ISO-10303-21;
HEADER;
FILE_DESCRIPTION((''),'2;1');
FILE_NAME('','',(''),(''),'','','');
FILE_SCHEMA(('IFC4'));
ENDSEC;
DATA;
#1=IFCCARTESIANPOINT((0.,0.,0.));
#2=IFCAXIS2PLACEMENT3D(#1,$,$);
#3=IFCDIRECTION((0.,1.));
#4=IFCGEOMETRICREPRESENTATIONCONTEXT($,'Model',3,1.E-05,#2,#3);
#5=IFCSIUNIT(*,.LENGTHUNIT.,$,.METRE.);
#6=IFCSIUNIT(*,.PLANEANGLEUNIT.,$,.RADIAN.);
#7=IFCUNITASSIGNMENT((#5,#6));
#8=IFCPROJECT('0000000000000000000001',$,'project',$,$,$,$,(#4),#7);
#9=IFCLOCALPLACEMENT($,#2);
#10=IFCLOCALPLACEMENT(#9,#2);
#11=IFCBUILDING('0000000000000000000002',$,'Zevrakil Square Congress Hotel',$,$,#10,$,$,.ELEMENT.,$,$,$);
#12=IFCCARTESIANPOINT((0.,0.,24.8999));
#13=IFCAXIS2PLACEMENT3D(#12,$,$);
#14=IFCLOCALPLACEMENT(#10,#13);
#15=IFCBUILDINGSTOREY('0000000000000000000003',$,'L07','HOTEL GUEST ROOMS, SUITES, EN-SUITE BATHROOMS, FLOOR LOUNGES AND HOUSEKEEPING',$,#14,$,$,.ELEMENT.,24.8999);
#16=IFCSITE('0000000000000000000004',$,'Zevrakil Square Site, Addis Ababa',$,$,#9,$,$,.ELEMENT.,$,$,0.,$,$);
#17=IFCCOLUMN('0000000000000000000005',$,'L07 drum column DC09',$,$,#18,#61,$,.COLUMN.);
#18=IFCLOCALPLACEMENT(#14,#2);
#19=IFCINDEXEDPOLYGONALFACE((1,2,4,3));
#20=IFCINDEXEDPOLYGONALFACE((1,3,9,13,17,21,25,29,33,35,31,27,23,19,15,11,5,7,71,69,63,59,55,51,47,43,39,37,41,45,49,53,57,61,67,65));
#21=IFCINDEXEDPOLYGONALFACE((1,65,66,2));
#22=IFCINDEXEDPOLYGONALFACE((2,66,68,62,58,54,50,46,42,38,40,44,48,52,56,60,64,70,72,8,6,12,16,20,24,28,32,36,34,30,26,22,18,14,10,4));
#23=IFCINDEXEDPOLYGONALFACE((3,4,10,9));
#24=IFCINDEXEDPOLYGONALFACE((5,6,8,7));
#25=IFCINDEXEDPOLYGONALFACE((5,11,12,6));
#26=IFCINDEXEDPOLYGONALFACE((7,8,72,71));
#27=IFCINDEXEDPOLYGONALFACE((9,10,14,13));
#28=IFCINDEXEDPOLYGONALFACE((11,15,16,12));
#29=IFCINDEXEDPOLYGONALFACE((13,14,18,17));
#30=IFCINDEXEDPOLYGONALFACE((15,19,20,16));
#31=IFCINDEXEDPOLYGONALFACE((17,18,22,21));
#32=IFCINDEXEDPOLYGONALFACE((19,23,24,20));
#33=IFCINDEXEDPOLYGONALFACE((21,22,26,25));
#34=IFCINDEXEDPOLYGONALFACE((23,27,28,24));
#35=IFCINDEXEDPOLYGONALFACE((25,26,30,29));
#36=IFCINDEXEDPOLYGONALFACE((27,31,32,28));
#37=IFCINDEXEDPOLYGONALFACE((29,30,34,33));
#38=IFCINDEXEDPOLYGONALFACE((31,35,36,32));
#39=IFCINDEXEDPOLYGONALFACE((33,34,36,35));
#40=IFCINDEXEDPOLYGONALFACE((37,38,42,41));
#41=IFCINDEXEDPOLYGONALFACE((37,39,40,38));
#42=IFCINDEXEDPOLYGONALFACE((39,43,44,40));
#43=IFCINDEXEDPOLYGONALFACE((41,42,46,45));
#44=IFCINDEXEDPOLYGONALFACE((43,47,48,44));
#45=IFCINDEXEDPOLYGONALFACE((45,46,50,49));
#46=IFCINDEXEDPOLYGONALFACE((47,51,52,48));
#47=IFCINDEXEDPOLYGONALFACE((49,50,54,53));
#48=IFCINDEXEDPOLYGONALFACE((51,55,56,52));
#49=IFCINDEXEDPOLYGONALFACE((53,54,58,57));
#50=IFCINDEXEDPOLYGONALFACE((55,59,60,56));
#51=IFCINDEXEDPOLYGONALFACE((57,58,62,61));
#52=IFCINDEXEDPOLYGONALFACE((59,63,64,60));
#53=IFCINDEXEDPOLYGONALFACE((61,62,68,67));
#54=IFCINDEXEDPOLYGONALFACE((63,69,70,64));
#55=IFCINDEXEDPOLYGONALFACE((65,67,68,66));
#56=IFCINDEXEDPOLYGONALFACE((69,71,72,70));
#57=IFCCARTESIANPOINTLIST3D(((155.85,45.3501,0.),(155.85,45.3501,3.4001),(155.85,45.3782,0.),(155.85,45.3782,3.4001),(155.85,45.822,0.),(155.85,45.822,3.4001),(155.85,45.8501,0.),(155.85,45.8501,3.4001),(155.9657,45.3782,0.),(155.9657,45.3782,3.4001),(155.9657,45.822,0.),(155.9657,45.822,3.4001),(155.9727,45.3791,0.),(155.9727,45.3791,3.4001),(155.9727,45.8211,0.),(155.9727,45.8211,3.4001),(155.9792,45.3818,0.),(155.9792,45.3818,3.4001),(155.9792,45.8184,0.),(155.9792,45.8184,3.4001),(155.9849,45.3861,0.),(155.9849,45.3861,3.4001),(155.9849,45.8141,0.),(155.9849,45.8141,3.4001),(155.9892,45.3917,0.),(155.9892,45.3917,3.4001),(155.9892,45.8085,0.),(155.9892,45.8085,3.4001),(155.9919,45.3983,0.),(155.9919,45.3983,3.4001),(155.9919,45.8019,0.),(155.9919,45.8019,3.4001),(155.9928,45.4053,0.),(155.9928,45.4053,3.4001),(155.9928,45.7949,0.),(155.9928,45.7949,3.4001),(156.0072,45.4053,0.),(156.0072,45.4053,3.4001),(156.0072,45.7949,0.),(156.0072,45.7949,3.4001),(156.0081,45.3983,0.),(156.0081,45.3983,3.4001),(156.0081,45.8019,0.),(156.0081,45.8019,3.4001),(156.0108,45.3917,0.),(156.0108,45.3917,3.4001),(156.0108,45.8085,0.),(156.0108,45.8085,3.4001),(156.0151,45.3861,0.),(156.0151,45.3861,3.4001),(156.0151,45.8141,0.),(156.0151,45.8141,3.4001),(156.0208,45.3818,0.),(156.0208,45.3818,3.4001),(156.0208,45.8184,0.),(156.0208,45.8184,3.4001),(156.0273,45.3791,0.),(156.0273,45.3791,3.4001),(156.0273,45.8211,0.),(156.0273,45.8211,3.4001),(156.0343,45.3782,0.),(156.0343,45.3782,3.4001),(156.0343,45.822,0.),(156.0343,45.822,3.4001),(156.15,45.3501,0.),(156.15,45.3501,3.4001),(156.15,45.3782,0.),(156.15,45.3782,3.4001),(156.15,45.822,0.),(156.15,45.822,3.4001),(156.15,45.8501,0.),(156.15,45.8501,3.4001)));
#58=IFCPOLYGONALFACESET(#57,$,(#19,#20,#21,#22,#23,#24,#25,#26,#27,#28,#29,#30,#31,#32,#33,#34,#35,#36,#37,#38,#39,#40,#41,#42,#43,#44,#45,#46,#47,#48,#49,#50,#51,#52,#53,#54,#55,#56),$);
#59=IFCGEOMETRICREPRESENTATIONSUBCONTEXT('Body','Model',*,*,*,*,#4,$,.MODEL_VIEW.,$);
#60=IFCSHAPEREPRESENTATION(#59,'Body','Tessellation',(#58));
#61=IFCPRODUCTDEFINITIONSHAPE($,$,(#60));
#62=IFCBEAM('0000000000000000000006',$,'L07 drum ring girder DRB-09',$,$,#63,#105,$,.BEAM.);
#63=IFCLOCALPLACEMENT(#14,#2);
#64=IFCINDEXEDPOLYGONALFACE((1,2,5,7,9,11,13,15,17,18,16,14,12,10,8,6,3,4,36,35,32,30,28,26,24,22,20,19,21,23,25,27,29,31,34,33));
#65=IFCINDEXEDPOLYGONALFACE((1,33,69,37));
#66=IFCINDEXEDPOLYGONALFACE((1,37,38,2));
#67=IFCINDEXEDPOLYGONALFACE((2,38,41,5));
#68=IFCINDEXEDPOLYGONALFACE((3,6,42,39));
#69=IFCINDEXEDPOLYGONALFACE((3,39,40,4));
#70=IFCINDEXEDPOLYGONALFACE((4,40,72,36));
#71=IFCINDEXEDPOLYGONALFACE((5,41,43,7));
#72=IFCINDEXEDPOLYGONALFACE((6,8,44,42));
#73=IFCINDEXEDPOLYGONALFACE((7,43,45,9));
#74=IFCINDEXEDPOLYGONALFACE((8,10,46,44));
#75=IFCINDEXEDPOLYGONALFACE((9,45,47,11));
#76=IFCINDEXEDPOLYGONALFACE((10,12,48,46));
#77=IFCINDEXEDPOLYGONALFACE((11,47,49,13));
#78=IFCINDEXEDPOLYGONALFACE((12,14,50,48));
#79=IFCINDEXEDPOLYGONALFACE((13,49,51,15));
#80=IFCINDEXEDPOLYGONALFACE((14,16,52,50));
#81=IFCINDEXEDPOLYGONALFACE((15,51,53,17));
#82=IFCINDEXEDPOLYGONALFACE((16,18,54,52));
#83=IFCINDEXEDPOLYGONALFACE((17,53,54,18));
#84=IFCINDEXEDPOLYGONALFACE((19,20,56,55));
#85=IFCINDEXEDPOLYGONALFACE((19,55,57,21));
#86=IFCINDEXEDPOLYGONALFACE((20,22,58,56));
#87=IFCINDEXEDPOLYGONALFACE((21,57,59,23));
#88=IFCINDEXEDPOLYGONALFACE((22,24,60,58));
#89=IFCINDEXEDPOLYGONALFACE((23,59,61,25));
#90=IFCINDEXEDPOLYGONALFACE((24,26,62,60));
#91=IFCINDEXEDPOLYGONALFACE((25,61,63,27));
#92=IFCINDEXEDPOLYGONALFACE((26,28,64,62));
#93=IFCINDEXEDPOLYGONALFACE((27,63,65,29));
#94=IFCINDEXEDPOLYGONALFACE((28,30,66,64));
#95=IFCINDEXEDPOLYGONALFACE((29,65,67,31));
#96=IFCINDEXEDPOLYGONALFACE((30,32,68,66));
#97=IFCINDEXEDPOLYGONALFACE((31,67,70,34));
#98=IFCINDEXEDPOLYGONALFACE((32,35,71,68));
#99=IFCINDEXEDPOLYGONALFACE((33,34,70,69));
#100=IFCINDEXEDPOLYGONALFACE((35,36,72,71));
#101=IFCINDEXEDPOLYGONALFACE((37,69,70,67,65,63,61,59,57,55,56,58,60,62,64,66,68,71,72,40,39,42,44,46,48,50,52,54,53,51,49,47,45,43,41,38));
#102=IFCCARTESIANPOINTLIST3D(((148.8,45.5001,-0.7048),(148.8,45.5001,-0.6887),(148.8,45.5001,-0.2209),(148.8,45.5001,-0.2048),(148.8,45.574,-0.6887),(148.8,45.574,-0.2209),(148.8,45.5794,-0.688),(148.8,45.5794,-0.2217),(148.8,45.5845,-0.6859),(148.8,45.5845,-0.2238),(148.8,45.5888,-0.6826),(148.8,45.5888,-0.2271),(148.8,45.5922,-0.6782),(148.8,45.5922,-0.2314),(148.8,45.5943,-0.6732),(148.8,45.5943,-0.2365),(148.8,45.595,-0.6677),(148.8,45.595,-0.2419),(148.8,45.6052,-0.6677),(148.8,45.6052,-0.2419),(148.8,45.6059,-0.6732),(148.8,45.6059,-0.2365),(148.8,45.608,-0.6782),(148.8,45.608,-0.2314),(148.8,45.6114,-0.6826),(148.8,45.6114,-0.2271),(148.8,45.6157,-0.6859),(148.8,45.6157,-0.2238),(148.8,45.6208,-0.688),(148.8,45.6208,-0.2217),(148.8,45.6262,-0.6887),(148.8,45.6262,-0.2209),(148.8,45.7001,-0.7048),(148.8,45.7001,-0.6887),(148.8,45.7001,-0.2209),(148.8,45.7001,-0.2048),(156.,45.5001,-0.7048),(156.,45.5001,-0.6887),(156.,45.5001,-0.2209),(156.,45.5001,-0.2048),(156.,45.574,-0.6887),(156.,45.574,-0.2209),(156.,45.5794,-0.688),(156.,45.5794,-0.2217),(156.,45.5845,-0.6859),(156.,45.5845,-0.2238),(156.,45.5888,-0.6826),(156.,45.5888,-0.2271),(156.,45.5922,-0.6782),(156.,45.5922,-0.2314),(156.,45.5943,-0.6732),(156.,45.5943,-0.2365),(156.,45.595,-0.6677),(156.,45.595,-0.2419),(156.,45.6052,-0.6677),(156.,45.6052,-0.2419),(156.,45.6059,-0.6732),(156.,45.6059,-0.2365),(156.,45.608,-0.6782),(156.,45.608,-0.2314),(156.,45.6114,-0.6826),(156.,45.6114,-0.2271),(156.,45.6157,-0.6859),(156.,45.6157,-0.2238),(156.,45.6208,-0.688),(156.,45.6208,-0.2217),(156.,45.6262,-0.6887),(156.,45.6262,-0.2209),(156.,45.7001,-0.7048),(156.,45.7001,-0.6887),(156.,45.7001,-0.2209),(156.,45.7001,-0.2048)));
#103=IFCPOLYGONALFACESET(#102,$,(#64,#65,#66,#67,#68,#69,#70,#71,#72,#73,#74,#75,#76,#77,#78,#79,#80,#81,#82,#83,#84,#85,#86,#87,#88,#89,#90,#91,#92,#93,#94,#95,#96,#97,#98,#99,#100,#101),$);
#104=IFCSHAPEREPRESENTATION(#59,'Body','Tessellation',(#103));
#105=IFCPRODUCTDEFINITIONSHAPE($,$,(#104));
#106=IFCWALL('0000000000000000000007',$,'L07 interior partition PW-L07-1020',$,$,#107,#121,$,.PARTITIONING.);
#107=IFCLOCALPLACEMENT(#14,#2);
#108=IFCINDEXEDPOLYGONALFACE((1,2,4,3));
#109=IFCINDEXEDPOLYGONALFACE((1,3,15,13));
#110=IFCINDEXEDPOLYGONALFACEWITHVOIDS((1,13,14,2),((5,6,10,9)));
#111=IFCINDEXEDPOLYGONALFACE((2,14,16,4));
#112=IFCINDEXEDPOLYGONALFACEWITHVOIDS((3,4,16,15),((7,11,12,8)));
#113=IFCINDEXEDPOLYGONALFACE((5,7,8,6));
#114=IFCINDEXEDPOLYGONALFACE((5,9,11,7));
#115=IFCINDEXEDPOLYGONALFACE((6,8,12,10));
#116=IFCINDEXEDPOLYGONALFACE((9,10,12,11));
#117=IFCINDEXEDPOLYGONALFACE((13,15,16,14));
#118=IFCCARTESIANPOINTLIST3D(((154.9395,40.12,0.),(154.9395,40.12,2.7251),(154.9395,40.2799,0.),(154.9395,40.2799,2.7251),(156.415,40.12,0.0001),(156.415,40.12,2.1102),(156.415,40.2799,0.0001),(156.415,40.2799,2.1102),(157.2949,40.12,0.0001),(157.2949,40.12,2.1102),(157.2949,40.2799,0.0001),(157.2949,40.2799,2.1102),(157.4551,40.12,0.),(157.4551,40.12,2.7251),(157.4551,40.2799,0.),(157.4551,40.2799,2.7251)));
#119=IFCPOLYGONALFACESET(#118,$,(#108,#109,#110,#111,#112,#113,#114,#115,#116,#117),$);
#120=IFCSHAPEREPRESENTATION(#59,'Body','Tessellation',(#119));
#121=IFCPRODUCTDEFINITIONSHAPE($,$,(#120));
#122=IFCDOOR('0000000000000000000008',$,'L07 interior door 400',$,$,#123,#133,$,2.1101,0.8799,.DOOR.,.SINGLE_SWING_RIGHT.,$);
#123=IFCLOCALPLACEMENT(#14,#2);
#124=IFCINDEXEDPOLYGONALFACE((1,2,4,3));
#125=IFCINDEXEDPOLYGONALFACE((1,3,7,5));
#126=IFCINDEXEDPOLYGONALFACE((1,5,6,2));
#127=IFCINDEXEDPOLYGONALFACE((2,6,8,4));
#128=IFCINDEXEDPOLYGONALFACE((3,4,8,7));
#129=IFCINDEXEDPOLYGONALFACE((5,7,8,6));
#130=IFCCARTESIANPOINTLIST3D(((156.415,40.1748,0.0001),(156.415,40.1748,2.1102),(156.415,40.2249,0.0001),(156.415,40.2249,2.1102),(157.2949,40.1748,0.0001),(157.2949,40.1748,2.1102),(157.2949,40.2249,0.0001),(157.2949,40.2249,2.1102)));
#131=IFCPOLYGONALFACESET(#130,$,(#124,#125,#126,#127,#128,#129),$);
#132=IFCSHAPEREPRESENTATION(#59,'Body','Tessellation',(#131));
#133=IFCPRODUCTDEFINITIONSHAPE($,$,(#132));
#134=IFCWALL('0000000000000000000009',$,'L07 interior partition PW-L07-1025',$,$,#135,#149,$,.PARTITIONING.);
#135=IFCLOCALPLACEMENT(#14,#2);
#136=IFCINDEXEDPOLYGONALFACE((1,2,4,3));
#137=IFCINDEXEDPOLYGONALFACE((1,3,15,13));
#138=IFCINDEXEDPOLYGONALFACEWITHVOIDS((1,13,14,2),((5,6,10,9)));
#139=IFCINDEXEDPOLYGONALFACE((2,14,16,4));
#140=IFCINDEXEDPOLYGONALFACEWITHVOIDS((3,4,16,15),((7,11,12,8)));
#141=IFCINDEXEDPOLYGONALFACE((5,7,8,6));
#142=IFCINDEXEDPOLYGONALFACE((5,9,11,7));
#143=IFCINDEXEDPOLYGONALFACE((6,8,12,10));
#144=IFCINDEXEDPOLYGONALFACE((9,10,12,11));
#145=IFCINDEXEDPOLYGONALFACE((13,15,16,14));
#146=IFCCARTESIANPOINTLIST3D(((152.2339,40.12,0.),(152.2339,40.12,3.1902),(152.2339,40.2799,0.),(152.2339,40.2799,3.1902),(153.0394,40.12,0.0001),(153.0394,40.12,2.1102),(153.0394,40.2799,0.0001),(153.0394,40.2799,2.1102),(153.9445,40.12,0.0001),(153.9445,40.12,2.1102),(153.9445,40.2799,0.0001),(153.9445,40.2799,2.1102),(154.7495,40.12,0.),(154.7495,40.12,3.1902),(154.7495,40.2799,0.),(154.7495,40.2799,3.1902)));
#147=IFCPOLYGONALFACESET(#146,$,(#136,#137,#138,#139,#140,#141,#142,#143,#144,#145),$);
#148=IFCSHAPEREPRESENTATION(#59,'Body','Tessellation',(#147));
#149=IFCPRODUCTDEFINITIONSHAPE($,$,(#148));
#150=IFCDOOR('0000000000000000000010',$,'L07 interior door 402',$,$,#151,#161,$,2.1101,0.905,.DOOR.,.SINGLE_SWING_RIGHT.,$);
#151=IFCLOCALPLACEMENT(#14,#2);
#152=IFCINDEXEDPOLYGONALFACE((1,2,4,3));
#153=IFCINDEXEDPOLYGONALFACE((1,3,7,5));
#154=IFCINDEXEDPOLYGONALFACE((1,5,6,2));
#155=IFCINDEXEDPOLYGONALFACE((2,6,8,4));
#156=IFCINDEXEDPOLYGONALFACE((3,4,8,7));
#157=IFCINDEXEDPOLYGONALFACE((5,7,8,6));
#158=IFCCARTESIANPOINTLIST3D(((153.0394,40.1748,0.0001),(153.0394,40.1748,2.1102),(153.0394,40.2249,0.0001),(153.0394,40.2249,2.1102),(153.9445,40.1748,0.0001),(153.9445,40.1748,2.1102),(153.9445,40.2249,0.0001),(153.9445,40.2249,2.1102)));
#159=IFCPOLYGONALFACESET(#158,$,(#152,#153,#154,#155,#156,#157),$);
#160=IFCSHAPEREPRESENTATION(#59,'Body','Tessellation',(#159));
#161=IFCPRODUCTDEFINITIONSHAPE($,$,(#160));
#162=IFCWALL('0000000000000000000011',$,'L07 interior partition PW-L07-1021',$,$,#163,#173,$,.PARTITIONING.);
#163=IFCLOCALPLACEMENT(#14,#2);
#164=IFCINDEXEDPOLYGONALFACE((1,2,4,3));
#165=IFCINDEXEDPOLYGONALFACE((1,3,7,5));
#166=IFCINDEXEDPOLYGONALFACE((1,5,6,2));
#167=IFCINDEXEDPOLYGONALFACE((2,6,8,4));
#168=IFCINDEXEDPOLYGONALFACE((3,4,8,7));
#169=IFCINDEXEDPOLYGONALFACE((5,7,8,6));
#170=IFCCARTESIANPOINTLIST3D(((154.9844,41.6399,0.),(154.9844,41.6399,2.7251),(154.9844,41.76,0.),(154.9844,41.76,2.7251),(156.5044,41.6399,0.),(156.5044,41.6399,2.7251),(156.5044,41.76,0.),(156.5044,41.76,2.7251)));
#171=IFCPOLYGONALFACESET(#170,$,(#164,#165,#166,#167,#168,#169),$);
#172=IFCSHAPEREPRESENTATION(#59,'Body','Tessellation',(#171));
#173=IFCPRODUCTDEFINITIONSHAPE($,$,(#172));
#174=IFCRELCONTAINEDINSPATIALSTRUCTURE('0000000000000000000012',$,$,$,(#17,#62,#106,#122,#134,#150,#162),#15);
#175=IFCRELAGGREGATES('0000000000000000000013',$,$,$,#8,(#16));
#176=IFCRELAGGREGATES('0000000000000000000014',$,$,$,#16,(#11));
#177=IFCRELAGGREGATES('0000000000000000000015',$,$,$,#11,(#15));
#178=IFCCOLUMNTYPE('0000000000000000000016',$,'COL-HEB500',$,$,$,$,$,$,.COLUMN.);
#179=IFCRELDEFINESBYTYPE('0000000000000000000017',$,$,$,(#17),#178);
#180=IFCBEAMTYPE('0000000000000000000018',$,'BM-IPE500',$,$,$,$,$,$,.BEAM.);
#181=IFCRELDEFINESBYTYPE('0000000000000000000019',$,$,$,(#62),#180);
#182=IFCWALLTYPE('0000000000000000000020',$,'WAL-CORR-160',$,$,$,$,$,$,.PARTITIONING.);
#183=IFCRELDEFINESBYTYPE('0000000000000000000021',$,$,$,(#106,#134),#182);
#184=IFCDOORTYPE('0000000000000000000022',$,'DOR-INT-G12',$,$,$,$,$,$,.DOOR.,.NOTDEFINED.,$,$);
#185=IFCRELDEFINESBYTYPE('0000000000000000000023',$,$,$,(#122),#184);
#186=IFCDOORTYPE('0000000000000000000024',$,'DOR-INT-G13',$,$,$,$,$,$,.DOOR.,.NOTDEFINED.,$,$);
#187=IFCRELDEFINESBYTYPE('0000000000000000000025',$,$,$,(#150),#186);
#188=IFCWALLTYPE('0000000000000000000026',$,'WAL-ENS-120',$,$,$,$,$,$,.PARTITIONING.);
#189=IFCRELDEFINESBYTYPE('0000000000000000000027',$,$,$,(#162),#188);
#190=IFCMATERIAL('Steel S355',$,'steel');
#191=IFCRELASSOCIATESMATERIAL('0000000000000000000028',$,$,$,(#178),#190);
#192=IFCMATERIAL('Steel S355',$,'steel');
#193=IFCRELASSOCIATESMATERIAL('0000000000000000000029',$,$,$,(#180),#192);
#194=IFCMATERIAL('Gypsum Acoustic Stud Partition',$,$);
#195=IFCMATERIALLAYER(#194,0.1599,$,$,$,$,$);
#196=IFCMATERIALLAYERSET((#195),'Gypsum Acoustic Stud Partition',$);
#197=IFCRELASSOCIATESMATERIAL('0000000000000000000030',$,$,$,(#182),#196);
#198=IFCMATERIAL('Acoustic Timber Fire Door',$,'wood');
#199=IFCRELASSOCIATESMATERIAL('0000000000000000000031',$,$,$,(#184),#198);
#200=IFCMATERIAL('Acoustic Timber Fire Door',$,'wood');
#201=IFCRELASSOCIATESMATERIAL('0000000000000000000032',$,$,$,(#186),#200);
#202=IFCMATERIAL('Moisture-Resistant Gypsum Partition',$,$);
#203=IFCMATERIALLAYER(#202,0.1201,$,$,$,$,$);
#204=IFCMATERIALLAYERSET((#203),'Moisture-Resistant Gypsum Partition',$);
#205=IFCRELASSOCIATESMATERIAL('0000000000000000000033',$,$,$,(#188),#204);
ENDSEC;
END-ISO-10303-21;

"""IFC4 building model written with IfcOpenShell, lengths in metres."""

from ifc_helpers import new_model, si_unit, direction, frame, frame_2d, origin, origin_2d, place, context, subcontext, project, spatial, rectangle, i_section, extrude, material, layer, layer_set, material_profile, profile_set, type_object, element, fill, save


model = new_model("IFC4")

# Units and contexts
model_context = context("Model", 3, precision=1e-05, world=origin(), true_north=direction((0.0, 1.0)))
body_context = subcontext(model_context, "Body", "Model", "MODEL_VIEW")
ifc_project = project(units=[si_unit("LENGTHUNIT", "METRE"), si_unit("PLANEANGLEUNIT", "RADIAN")], contexts=[model_context])

# Site, building, storey
site_placement = place(None, origin())
site = spatial("IfcSite", under=ifc_project, at=site_placement, Name="Zevrakil Square Site, Addis Ababa", CompositionType="ELEMENT", RefElevation=0.0)
building_placement = place(site_placement, origin())
building = spatial("IfcBuilding", under=site, at=building_placement, Name="Zevrakil Square Congress Hotel", CompositionType="ELEMENT")
storey_placement = place(building_placement, frame((0.0, 0.0, 24.8999)))
storey = spatial("IfcBuildingStorey", under=building, at=storey_placement, Name="L07", Description="HOTEL GUEST ROOMS, SUITES, EN-SUITE BATHROOMS, FLOOR LOUNGES AND HOUSEKEEPING", CompositionType="ELEMENT", Elevation=24.8999)

# Column
ifc_material_1 = material(Name="Steel S355", Category="steel")
ifc_material_profile_1 = material_profile(ifc_material_1, i_section(OverallWidth=0.3, OverallDepth=0.5, WebThickness=0.0144, FlangeThickness=0.0281, FilletRadius=0.0271, at=origin_2d()), Name="HEB 500")
ifc_profile_set_1 = profile_set([ifc_material_profile_1], Name="Steel S355")
column_type = type_object("IfcColumnType", Name="COL-HEB500", PredefinedType="COLUMN", material=ifc_profile_set_1)
column_placement = place(storey_placement, frame((156.0, 45.6001, 0.0), z_axis=(0.0, 0.0, 1.0), x_axis=(1.0, 0.0, 0.0)))
element("IfcColumn", 1, at=column_placement, inside=storey, type_object=column_type, Name="L07 drum column DC09", PredefinedType="COLUMN", context=body_context, shape_type="SweptSolid", body=[
    extrude(i_section(OverallWidth=0.3, OverallDepth=0.5, WebThickness=0.0144, FlangeThickness=0.0281, FilletRadius=0.0271, at=origin_2d()), origin(), (0.0, 0.0, 1.0), 3.4001),
])

# Beam
ifc_material_2 = material(Name="Steel S355", Category="steel")
ifc_material_profile_2 = material_profile(ifc_material_2, i_section(OverallWidth=0.2, OverallDepth=0.5, WebThickness=0.0103, FlangeThickness=0.0161, FilletRadius=0.021, at=origin_2d()), Name="IPE 500")
ifc_profile_set_2 = profile_set([ifc_material_profile_2], Name="Steel S355")
beam_type = type_object("IfcBeamType", Name="BM-IPE500", PredefinedType="BEAM", material=ifc_profile_set_2)
beam_placement = place(storey_placement, frame((156.0, 45.6001, -0.4548), z_axis=(-1.0, 0.0, 0.0), x_axis=(0.0, -1.0, 0.0)))
element("IfcBeam", 2, at=beam_placement, inside=storey, type_object=beam_type, Name="L07 drum ring girder DRB-09", PredefinedType="BEAM", context=body_context, shape_type="SweptSolid", body=[
    extrude(i_section(OverallWidth=0.2, OverallDepth=0.5, WebThickness=0.0103, FlangeThickness=0.0161, FilletRadius=0.021, at=origin_2d()), origin(), (0.0, 0.0, 1.0), 7.2),
])

# Walls, openings, doors
ifc_material_3 = material(Name="Gypsum Acoustic Stud Partition")
ifc_layer_1 = layer(ifc_material_3, 0.1599)
ifc_layer_set_1 = layer_set([ifc_layer_1], Name="Gypsum Acoustic Stud Partition")
wall_type_1 = type_object("IfcWallType", Name="WAL-CORR-160", PredefinedType="PARTITIONING", material=ifc_layer_set_1)
wall_1_placement = place(storey_placement, frame((154.9395, 40.2, 0.0), z_axis=(0.0, 0.0, 1.0), x_axis=(1.0, 0.0, 0.0)))
wall_1 = element("IfcWall", 3, at=wall_1_placement, inside=storey, type_object=wall_type_1, Name="L07 interior partition PW-L07-1020", PredefinedType="PARTITIONING", context=body_context, shape_type="SweptSolid", body=[
    extrude(rectangle(XDim=2.5156, YDim=0.1599, at=frame_2d((1.2578, 0.0))), origin(), (0.0, 0.0, 1.0), 2.7251),
])
opening_1_placement = place(wall_1_placement, frame((1.4756, 0.0, 0.0)))
opening_1 = element("IfcOpeningElement", 4, at=opening_1_placement, cuts=wall_1, PredefinedType="OPENING", context=body_context, shape_type="SweptSolid", body=[
    extrude(rectangle(XDim=0.8799, YDim=2.1101, at=frame_2d((0.4399, 1.0552))), frame((0.0, 0.0898, 0.0), z_axis=(0.0, -1.0, 0.0), x_axis=(1.0, 0.0, 0.0)), (0.0, 0.0, 1.0), 0.1799),
])
ifc_material_4 = material(Name="Acoustic Timber Fire Door", Category="wood")
door_type_1 = type_object("IfcDoorType", Name="DOR-INT-G12", OperationType="NOTDEFINED", PredefinedType="DOOR", material=ifc_material_4)
door_1_placement = place(opening_1_placement, origin())
door_1 = element("IfcDoor", 5, at=door_1_placement, inside=storey, type_object=door_type_1, Name="L07 interior door 400", OperationType="SINGLE_SWING_RIGHT", OverallHeight=2.1101, OverallWidth=0.8799, PredefinedType="DOOR", context=body_context, shape_type="SweptSolid", body=[
    extrude(rectangle(XDim=0.8799, YDim=2.1101, at=frame_2d((0.4399, 1.0552))), frame((0.0, 0.0249, 0.0), z_axis=(0.0, -1.0, 0.0), x_axis=(1.0, 0.0, 0.0)), (0.0, 0.0, 1.0), 0.05),
])
fill(opening_1, door_1)
wall_2_placement = place(storey_placement, frame((152.2339, 40.2, 0.0), z_axis=(0.0, 0.0, 1.0), x_axis=(1.0, 0.0, 0.0)))
wall_2 = element("IfcWall", 6, at=wall_2_placement, inside=storey, type_object=wall_type_1, Name="L07 interior partition PW-L07-1025", PredefinedType="PARTITIONING", context=body_context, shape_type="SweptSolid", body=[
    extrude(rectangle(XDim=2.5156, YDim=0.1599, at=frame_2d((1.2578, 0.0))), origin(), (0.0, 0.0, 1.0), 3.1902),
])
opening_2_placement = place(wall_2_placement, frame((0.8054, 0.0, 0.0)))
opening_2 = element("IfcOpeningElement", 7, at=opening_2_placement, cuts=wall_2, PredefinedType="OPENING", context=body_context, shape_type="SweptSolid", body=[
    extrude(rectangle(XDim=0.905, YDim=2.1101, at=frame_2d((0.4526, 1.0552))), frame((0.0, 0.0898, 0.0), z_axis=(0.0, -1.0, 0.0), x_axis=(1.0, 0.0, 0.0)), (0.0, 0.0, 1.0), 0.1799),
])
ifc_material_5 = material(Name="Acoustic Timber Fire Door", Category="wood")
door_type_2 = type_object("IfcDoorType", Name="DOR-INT-G13", OperationType="NOTDEFINED", PredefinedType="DOOR", material=ifc_material_5)
door_2_placement = place(opening_2_placement, origin())
door_2 = element("IfcDoor", 8, at=door_2_placement, inside=storey, type_object=door_type_2, Name="L07 interior door 402", OperationType="SINGLE_SWING_RIGHT", OverallHeight=2.1101, OverallWidth=0.905, PredefinedType="DOOR", context=body_context, shape_type="SweptSolid", body=[
    extrude(rectangle(XDim=0.905, YDim=2.1101, at=frame_2d((0.4526, 1.0552))), frame((0.0, 0.0249, 0.0), z_axis=(0.0, -1.0, 0.0), x_axis=(1.0, 0.0, 0.0)), (0.0, 0.0, 1.0), 0.05),
])
fill(opening_2, door_2)

# Wall
ifc_material_6 = material(Name="Moisture-Resistant Gypsum Partition")
ifc_layer_2 = layer(ifc_material_6, 0.1201)
ifc_layer_set_2 = layer_set([ifc_layer_2], Name="Moisture-Resistant Gypsum Partition")
wall_type_2 = type_object("IfcWallType", Name="WAL-ENS-120", PredefinedType="PARTITIONING", material=ifc_layer_set_2)
wall_3_placement = place(storey_placement, frame((154.9844, 41.7, 0.0), z_axis=(0.0, 0.0, 1.0), x_axis=(1.0, 0.0, 0.0)))
element("IfcWall", 9, at=wall_3_placement, inside=storey, type_object=wall_type_2, Name="L07 interior partition PW-L07-1021", PredefinedType="PARTITIONING", context=body_context, shape_type="SweptSolid", body=[
    extrude(rectangle(XDim=1.52, YDim=0.1201, at=frame_2d((0.76, 0.0))), origin(), (0.0, 0.0, 1.0), 2.7251),
])

save(model, "model.ifc")
